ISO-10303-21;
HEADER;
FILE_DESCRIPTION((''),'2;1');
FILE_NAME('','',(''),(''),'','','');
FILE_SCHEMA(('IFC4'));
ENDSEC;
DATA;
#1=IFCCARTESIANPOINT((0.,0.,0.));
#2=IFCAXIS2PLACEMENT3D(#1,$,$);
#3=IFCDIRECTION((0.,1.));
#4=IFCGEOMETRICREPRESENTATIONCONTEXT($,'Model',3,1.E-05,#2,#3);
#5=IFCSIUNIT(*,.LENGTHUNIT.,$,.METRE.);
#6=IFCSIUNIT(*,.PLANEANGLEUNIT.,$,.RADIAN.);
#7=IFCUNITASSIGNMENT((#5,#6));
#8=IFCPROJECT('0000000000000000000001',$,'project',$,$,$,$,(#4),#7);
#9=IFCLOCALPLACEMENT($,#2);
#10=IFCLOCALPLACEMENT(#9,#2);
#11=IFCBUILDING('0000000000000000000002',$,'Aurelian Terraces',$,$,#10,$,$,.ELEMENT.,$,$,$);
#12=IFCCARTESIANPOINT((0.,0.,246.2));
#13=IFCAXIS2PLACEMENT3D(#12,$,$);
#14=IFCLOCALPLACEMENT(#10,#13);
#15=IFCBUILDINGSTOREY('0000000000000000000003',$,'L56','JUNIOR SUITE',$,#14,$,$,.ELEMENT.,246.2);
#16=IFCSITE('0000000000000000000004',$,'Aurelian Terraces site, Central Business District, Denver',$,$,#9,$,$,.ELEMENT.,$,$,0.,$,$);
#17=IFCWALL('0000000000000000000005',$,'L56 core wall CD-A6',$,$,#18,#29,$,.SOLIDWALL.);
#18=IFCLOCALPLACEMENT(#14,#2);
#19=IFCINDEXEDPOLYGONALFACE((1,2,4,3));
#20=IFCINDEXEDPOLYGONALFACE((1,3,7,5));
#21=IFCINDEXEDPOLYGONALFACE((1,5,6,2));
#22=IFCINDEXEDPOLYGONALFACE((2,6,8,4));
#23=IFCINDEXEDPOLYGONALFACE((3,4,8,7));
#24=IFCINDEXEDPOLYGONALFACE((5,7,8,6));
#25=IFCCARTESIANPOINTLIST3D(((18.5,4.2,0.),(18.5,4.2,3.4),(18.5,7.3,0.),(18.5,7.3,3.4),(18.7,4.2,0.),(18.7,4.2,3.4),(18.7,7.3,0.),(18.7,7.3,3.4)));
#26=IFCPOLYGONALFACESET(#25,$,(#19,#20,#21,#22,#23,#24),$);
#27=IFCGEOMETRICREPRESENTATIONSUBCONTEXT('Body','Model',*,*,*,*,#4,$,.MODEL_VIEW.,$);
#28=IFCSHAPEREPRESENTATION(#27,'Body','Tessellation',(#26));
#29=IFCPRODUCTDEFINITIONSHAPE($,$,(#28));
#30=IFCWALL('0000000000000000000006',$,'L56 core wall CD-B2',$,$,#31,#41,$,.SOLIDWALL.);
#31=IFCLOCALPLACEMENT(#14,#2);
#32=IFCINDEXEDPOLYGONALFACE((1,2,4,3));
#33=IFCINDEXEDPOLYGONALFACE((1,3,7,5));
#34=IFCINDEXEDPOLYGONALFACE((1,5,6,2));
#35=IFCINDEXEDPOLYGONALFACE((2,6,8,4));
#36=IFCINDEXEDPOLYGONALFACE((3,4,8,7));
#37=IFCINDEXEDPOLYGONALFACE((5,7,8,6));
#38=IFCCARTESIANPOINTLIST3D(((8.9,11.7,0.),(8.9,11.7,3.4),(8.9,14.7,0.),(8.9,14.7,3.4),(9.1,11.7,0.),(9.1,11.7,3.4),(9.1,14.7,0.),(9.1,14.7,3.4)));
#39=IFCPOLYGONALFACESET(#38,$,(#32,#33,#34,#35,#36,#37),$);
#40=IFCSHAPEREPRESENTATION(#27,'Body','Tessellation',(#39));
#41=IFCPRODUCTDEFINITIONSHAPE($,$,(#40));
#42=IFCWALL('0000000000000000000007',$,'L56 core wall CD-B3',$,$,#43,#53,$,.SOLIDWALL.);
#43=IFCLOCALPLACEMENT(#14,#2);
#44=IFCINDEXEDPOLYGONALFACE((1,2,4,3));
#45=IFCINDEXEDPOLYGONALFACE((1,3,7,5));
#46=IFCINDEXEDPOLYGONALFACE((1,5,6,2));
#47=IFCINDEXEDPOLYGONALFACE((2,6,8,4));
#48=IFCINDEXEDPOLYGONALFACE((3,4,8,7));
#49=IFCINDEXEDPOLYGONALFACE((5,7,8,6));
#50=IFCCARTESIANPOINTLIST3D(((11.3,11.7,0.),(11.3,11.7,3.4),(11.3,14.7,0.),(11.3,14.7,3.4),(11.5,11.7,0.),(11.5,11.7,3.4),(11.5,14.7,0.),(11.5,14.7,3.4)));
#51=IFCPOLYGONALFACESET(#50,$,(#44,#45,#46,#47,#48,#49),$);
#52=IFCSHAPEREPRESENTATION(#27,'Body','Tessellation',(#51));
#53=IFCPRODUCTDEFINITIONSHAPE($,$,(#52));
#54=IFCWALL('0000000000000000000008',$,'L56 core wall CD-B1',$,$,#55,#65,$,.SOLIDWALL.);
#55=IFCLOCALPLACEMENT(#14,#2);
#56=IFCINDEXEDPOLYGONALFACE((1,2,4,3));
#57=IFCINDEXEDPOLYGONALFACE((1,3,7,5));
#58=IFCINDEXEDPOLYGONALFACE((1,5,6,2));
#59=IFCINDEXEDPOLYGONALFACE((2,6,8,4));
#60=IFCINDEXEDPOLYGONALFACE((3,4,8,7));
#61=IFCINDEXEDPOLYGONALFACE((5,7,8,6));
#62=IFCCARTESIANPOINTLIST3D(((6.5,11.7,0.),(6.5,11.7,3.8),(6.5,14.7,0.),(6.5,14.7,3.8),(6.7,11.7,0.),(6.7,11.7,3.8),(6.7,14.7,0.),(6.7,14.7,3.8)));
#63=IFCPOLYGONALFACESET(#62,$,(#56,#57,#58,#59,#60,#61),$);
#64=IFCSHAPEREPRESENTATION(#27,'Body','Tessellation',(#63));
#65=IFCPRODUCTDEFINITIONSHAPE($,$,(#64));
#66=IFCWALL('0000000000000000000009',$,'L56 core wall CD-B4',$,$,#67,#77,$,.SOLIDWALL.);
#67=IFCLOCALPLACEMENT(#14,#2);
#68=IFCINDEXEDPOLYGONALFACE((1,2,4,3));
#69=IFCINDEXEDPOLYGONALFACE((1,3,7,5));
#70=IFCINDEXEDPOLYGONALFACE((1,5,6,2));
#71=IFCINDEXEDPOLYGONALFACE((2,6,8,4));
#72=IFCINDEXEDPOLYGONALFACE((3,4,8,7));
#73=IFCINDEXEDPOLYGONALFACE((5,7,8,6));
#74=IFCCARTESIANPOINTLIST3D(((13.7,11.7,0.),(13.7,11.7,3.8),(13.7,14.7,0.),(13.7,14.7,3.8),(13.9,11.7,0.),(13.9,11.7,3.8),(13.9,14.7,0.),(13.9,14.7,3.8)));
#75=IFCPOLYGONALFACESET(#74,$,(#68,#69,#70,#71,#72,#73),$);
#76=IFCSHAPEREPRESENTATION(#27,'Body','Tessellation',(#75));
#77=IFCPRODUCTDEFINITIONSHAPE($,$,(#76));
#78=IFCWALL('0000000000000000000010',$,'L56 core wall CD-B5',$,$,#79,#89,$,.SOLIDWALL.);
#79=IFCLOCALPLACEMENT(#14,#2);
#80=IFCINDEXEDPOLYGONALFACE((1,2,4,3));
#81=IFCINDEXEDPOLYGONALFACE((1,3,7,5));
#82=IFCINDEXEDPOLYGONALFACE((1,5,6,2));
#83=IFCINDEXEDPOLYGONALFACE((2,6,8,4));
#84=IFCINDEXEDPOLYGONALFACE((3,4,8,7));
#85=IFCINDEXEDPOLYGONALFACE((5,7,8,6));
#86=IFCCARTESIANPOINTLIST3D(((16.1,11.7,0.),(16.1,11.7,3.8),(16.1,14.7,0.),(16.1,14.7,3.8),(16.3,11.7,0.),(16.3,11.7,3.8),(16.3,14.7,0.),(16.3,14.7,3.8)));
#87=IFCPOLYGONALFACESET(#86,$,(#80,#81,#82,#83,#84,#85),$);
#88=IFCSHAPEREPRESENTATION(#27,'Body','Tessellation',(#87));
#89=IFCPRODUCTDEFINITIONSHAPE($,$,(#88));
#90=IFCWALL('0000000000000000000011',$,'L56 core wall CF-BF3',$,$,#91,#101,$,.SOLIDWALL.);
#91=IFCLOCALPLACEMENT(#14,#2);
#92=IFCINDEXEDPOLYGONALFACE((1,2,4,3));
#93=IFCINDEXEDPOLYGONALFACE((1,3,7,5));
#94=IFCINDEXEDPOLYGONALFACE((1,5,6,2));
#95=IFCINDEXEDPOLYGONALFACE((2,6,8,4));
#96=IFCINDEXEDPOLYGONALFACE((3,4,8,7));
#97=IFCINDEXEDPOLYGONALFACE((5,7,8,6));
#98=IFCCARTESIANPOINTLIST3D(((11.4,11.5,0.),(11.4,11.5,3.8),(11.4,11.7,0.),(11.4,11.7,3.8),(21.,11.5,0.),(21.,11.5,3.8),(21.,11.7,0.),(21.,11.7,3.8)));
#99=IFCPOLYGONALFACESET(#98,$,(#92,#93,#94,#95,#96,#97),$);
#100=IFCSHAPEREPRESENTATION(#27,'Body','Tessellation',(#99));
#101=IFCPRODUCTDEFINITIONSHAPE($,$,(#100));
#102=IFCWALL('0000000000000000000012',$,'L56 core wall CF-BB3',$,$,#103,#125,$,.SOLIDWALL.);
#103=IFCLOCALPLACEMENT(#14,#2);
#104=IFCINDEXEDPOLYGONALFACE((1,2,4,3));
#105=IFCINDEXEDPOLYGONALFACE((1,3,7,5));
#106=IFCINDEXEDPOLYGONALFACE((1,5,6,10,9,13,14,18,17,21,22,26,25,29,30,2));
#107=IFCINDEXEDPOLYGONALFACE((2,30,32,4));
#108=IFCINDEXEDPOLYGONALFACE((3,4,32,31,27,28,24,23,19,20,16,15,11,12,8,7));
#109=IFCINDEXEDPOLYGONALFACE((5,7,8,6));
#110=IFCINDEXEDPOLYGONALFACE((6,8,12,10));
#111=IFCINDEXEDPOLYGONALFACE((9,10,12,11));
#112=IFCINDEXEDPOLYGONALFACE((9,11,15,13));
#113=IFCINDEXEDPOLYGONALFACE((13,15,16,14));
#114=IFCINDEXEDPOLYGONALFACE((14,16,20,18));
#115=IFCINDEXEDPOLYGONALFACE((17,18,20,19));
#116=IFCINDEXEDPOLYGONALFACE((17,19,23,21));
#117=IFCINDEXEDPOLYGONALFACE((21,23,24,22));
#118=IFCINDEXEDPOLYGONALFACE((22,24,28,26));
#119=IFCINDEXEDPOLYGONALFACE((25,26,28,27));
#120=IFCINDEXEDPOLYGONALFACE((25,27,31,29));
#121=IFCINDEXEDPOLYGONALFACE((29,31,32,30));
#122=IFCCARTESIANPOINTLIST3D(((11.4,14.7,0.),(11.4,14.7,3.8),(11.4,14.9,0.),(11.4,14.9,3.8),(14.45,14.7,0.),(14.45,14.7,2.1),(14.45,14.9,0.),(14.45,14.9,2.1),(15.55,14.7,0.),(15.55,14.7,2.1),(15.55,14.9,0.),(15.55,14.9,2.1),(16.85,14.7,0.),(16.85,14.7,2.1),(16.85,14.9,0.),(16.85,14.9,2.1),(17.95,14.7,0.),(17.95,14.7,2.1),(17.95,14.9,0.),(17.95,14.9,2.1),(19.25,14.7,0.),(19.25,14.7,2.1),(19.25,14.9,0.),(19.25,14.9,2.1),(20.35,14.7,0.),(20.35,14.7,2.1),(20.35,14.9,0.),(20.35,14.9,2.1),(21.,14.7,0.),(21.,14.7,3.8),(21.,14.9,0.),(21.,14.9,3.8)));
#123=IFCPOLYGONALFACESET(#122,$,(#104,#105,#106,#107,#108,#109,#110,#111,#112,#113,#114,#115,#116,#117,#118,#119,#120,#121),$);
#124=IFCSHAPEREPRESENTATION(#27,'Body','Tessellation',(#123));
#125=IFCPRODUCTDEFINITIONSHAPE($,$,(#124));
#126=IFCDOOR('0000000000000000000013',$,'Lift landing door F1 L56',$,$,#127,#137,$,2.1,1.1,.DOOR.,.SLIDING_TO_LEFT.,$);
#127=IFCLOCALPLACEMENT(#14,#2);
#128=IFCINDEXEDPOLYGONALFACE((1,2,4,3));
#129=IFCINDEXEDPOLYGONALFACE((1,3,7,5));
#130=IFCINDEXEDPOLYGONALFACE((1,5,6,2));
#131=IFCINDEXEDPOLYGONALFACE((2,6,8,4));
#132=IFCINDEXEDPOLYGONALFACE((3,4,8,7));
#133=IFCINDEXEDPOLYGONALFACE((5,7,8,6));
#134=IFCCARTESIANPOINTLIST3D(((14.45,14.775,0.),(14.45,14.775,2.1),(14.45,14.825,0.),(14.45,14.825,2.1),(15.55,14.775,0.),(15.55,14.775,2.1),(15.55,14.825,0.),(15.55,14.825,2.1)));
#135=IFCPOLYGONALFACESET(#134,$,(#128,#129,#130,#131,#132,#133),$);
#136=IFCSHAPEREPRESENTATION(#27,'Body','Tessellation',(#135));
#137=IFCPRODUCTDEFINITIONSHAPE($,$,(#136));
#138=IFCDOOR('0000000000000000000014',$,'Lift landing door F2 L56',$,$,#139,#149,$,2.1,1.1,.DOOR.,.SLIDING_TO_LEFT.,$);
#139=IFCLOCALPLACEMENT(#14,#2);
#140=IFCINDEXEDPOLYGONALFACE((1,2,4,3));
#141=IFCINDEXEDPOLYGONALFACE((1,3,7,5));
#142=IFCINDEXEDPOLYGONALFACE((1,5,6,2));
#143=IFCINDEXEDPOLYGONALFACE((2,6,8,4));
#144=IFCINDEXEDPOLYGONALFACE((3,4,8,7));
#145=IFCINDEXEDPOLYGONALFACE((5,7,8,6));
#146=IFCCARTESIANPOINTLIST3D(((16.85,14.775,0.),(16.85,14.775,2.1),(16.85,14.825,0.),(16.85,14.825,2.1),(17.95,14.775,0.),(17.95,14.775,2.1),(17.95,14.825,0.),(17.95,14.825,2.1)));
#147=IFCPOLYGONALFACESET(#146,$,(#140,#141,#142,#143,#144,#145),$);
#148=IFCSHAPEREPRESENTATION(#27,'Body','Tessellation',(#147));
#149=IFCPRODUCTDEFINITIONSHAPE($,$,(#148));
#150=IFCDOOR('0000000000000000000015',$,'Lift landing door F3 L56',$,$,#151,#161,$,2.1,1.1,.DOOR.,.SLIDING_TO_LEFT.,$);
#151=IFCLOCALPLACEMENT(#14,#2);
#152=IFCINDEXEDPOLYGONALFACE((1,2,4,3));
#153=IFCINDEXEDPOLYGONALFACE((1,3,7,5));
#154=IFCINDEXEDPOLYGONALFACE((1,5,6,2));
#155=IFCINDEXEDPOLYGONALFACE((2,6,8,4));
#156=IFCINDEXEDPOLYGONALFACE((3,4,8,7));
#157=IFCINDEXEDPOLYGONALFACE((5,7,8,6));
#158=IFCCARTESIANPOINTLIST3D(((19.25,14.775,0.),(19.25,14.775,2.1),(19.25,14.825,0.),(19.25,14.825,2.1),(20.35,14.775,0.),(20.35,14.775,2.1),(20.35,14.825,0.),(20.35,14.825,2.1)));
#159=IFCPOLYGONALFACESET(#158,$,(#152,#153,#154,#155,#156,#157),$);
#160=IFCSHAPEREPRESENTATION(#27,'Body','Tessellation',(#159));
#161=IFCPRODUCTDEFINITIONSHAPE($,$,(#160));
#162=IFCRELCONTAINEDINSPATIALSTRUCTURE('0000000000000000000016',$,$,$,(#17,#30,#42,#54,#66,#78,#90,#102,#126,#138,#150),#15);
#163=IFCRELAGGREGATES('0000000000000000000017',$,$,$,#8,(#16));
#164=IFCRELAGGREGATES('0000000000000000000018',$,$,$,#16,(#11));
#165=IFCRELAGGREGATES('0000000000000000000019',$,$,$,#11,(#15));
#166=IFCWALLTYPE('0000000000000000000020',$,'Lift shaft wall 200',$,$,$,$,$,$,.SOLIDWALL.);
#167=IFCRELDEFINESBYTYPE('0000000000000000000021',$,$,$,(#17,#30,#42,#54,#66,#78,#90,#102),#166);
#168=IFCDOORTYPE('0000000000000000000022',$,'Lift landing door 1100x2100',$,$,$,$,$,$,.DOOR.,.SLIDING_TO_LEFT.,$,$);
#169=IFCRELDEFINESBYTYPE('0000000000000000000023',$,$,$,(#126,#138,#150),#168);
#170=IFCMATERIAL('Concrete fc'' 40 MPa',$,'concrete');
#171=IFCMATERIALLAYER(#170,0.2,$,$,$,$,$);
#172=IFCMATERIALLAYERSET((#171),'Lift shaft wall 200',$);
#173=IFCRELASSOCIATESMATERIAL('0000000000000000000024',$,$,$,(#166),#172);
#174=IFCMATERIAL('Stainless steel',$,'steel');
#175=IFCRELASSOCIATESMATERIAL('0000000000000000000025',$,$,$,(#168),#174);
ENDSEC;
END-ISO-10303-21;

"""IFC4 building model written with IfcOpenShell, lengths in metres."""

from ifc_helpers import new_model, si_unit, direction, frame, frame_2d, origin, place, context, subcontext, project, spatial, rectangle, extrude, source, transform, mapped, material, layer, layer_set, type_object, element, fill, save


model = new_model("IFC4")

# Units and contexts
model_context = context("Model", 3, precision=1e-05, world=origin(), true_north=direction((0.0, 1.0)))
body_context = subcontext(model_context, "Body", "Model", "MODEL_VIEW")
ifc_project = project(units=[si_unit("LENGTHUNIT", "METRE"), si_unit("PLANEANGLEUNIT", "RADIAN")], contexts=[model_context])

# Site, building, storey
site_placement = place(None, origin())
site = spatial("IfcSite", under=ifc_project, at=site_placement, Name="Aurelian Terraces site, Central Business District, Denver", CompositionType="ELEMENT", RefElevation=0.0)
building_placement = place(site_placement, origin())
building = spatial("IfcBuilding", under=site, at=building_placement, Name="Aurelian Terraces", CompositionType="ELEMENT")
storey_placement = place(building_placement, frame((0.0, 0.0, 246.2)))
storey = spatial("IfcBuildingStorey", under=building, at=storey_placement, Name="L56", Description="JUNIOR SUITE", CompositionType="ELEMENT", Elevation=246.2)

# Walls
ifc_material_1 = material(Name="Concrete fc' 40 MPa", Category="concrete")
ifc_layer_1 = layer(ifc_material_1, 0.2)
ifc_layer_set_1 = layer_set([ifc_layer_1], Name="Lift shaft wall 200")
wall_type_1 = type_object("IfcWallType", Name="Lift shaft wall 200", PredefinedType="SOLIDWALL", material=ifc_layer_set_1)
shared_shape_1 = source(origin(), body_context, "Body", "SweptSolid", [
    extrude(rectangle(XDim=3.1, YDim=0.2, at=frame_2d((1.55, 0.0))), origin(), (0.0, 0.0, 1.0), 3.4),
])
wall_1_placement = place(storey_placement, frame((18.6, 4.2, 0.0), z_axis=(0.0, 0.0, 1.0), x_axis=(0.0, 1.0, 0.0)))
element("IfcWall", 1, at=wall_1_placement, inside=storey, type_object=wall_type_1, Name="L56 core wall CD-A6", PredefinedType="SOLIDWALL", context=body_context, shape_type="MappedRepresentation", body=[
    mapped(shared_shape_1, transform((0.0, 0.0, 0.0), scale=1.0)),
])
shared_shape_2 = source(origin(), body_context, "Body", "SweptSolid", [
    extrude(rectangle(XDim=3.0, YDim=0.2, at=frame_2d((1.5, 0.0))), origin(), (0.0, 0.0, 1.0), 3.4),
])
for number, where, z_axis, x_axis, name in (
    (2, (9.0, 11.7, 0.0), (0.0, 0.0, 1.0), (0.0, 1.0, 0.0), "L56 core wall CD-B2"),
    (3, (11.4, 11.7, 0.0), (0.0, 0.0, 1.0), (0.0, 1.0, 0.0), "L56 core wall CD-B3"),
):
    element("IfcWall", number, at=place(storey_placement, frame(where, z_axis=z_axis, x_axis=x_axis)), inside=storey, type_object=wall_type_1, Name=name, PredefinedType="SOLIDWALL", context=body_context, shape_type="MappedRepresentation", body=[
        mapped(shared_shape_2, transform((0.0, 0.0, 0.0), scale=1.0)),
    ])
shared_shape_3 = source(origin(), body_context, "Body", "SweptSolid", [
    extrude(rectangle(XDim=3.0, YDim=0.2, at=frame_2d((1.5, 0.0))), origin(), (0.0, 0.0, 1.0), 3.8),
])
for number, where, z_axis, x_axis, name in (
    (4, (6.6, 11.7, 0.0), (0.0, 0.0, 1.0), (0.0, 1.0, 0.0), "L56 core wall CD-B1"),
    (5, (13.8, 11.7, 0.0), (0.0, 0.0, 1.0), (0.0, 1.0, 0.0), "L56 core wall CD-B4"),
    (6, (16.2, 11.7, 0.0), (0.0, 0.0, 1.0), (0.0, 1.0, 0.0), "L56 core wall CD-B5"),
):
    element("IfcWall", number, at=place(storey_placement, frame(where, z_axis=z_axis, x_axis=x_axis)), inside=storey, type_object=wall_type_1, Name=name, PredefinedType="SOLIDWALL", context=body_context, shape_type="MappedRepresentation", body=[
        mapped(shared_shape_3, transform((0.0, 0.0, 0.0), scale=1.0)),
    ])
shared_shape_4 = source(origin(), body_context, "Body", "SweptSolid", [
    extrude(rectangle(XDim=9.6, YDim=0.2, at=frame_2d((4.8, 0.0))), origin(), (0.0, 0.0, 1.0), 3.8),
])
wall_2_placement = place(storey_placement, frame((11.4, 11.6, 0.0), z_axis=(0.0, 0.0, 1.0), x_axis=(1.0, 0.0, 0.0)))
element("IfcWall", 7, at=wall_2_placement, inside=storey, type_object=wall_type_1, Name="L56 core wall CF-BF3", PredefinedType="SOLIDWALL", context=body_context, shape_type="MappedRepresentation", body=[
    mapped(shared_shape_4, transform((0.0, 0.0, 0.0), scale=1.0)),
])

# Wall, openings, doors
wall_3_placement = place(storey_placement, frame((11.4, 14.8, 0.0), z_axis=(0.0, 0.0, 1.0), x_axis=(1.0, 0.0, 0.0)))
wall_3 = element("IfcWall", 8, at=wall_3_placement, inside=storey, type_object=wall_type_1, Name="L56 core wall CF-BB3", PredefinedType="SOLIDWALL", context=body_context, shape_type="MappedRepresentation", body=[
    mapped(shared_shape_4, transform((0.0, 0.0, 0.0), scale=1.0)),
])
shared_shape_5 = source(origin(), body_context, "Body", "SweptSolid", [
    extrude(rectangle(XDim=1.1, YDim=2.1, at=frame_2d((0.55, 1.05))), frame((0.0, 0.11, 0.0), z_axis=(0.0, -1.0, 0.0), x_axis=(1.0, 0.0, 0.0)), (0.0, 0.0, 1.0), 0.22),
])
opening_1_placement = place(wall_3_placement, frame((3.05, 0.0, 0.0)))
opening_1 = element("IfcOpeningElement", 9, at=opening_1_placement, cuts=wall_3, PredefinedType="OPENING", context=body_context, shape_type="MappedRepresentation", body=[
    mapped(shared_shape_5, transform((0.0, 0.0, 0.0), scale=1.0)),
])
opening_2_placement = place(wall_3_placement, frame((5.45, 0.0, 0.0)))
opening_2 = element("IfcOpeningElement", 10, at=opening_2_placement, cuts=wall_3, PredefinedType="OPENING", context=body_context, shape_type="MappedRepresentation", body=[
    mapped(shared_shape_5, transform((0.0, 0.0, 0.0), scale=1.0)),
])
opening_3_placement = place(wall_3_placement, frame((7.85, 0.0, 0.0)))
opening_3 = element("IfcOpeningElement", 11, at=opening_3_placement, cuts=wall_3, PredefinedType="OPENING", context=body_context, shape_type="MappedRepresentation", body=[
    mapped(shared_shape_5, transform((0.0, 0.0, 0.0), scale=1.0)),
])
ifc_material_2 = material(Name="Stainless steel", Category="steel")
door_type_1 = type_object("IfcDoorType", Name="Lift landing door 1100x2100", OperationType="SLIDING_TO_LEFT", PredefinedType="DOOR", material=ifc_material_2)
shared_shape_6 = source(origin(), body_context, "Body", "SweptSolid", [
    extrude(rectangle(XDim=1.1, YDim=2.1, at=frame_2d((0.55, 1.05))), frame((0.0, 0.025, 0.0), z_axis=(0.0, -1.0, 0.0), x_axis=(1.0, 0.0, 0.0)), (0.0, 0.0, 1.0), 0.05),
])
door_1_placement = place(opening_1_placement, origin())
door_1 = element("IfcDoor", 12, at=door_1_placement, inside=storey, type_object=door_type_1, Name="Lift landing door F1 L56", OperationType="SLIDING_TO_LEFT", OverallHeight=2.1, OverallWidth=1.1, PredefinedType="DOOR", context=body_context, shape_type="MappedRepresentation", body=[
    mapped(shared_shape_6, transform((0.0, 0.0, 0.0), scale=1.0)),
])
fill(opening_1, door_1)
door_2_placement = place(opening_2_placement, origin())
door_2 = element("IfcDoor", 13, at=door_2_placement, inside=storey, type_object=door_type_1, Name="Lift landing door F2 L56", OperationType="SLIDING_TO_LEFT", OverallHeight=2.1, OverallWidth=1.1, PredefinedType="DOOR", context=body_context, shape_type="MappedRepresentation", body=[
    mapped(shared_shape_6, transform((0.0, 0.0, 0.0), scale=1.0)),
])
fill(opening_2, door_2)
door_3_placement = place(opening_3_placement, origin())
door_3 = element("IfcDoor", 14, at=door_3_placement, inside=storey, type_object=door_type_1, Name="Lift landing door F3 L56", OperationType="SLIDING_TO_LEFT", OverallHeight=2.1, OverallWidth=1.1, PredefinedType="DOOR", context=body_context, shape_type="MappedRepresentation", body=[
    mapped(shared_shape_6, transform((0.0, 0.0, 0.0), scale=1.0)),
])
fill(opening_3, door_3)

save(model, "model.ifc")
